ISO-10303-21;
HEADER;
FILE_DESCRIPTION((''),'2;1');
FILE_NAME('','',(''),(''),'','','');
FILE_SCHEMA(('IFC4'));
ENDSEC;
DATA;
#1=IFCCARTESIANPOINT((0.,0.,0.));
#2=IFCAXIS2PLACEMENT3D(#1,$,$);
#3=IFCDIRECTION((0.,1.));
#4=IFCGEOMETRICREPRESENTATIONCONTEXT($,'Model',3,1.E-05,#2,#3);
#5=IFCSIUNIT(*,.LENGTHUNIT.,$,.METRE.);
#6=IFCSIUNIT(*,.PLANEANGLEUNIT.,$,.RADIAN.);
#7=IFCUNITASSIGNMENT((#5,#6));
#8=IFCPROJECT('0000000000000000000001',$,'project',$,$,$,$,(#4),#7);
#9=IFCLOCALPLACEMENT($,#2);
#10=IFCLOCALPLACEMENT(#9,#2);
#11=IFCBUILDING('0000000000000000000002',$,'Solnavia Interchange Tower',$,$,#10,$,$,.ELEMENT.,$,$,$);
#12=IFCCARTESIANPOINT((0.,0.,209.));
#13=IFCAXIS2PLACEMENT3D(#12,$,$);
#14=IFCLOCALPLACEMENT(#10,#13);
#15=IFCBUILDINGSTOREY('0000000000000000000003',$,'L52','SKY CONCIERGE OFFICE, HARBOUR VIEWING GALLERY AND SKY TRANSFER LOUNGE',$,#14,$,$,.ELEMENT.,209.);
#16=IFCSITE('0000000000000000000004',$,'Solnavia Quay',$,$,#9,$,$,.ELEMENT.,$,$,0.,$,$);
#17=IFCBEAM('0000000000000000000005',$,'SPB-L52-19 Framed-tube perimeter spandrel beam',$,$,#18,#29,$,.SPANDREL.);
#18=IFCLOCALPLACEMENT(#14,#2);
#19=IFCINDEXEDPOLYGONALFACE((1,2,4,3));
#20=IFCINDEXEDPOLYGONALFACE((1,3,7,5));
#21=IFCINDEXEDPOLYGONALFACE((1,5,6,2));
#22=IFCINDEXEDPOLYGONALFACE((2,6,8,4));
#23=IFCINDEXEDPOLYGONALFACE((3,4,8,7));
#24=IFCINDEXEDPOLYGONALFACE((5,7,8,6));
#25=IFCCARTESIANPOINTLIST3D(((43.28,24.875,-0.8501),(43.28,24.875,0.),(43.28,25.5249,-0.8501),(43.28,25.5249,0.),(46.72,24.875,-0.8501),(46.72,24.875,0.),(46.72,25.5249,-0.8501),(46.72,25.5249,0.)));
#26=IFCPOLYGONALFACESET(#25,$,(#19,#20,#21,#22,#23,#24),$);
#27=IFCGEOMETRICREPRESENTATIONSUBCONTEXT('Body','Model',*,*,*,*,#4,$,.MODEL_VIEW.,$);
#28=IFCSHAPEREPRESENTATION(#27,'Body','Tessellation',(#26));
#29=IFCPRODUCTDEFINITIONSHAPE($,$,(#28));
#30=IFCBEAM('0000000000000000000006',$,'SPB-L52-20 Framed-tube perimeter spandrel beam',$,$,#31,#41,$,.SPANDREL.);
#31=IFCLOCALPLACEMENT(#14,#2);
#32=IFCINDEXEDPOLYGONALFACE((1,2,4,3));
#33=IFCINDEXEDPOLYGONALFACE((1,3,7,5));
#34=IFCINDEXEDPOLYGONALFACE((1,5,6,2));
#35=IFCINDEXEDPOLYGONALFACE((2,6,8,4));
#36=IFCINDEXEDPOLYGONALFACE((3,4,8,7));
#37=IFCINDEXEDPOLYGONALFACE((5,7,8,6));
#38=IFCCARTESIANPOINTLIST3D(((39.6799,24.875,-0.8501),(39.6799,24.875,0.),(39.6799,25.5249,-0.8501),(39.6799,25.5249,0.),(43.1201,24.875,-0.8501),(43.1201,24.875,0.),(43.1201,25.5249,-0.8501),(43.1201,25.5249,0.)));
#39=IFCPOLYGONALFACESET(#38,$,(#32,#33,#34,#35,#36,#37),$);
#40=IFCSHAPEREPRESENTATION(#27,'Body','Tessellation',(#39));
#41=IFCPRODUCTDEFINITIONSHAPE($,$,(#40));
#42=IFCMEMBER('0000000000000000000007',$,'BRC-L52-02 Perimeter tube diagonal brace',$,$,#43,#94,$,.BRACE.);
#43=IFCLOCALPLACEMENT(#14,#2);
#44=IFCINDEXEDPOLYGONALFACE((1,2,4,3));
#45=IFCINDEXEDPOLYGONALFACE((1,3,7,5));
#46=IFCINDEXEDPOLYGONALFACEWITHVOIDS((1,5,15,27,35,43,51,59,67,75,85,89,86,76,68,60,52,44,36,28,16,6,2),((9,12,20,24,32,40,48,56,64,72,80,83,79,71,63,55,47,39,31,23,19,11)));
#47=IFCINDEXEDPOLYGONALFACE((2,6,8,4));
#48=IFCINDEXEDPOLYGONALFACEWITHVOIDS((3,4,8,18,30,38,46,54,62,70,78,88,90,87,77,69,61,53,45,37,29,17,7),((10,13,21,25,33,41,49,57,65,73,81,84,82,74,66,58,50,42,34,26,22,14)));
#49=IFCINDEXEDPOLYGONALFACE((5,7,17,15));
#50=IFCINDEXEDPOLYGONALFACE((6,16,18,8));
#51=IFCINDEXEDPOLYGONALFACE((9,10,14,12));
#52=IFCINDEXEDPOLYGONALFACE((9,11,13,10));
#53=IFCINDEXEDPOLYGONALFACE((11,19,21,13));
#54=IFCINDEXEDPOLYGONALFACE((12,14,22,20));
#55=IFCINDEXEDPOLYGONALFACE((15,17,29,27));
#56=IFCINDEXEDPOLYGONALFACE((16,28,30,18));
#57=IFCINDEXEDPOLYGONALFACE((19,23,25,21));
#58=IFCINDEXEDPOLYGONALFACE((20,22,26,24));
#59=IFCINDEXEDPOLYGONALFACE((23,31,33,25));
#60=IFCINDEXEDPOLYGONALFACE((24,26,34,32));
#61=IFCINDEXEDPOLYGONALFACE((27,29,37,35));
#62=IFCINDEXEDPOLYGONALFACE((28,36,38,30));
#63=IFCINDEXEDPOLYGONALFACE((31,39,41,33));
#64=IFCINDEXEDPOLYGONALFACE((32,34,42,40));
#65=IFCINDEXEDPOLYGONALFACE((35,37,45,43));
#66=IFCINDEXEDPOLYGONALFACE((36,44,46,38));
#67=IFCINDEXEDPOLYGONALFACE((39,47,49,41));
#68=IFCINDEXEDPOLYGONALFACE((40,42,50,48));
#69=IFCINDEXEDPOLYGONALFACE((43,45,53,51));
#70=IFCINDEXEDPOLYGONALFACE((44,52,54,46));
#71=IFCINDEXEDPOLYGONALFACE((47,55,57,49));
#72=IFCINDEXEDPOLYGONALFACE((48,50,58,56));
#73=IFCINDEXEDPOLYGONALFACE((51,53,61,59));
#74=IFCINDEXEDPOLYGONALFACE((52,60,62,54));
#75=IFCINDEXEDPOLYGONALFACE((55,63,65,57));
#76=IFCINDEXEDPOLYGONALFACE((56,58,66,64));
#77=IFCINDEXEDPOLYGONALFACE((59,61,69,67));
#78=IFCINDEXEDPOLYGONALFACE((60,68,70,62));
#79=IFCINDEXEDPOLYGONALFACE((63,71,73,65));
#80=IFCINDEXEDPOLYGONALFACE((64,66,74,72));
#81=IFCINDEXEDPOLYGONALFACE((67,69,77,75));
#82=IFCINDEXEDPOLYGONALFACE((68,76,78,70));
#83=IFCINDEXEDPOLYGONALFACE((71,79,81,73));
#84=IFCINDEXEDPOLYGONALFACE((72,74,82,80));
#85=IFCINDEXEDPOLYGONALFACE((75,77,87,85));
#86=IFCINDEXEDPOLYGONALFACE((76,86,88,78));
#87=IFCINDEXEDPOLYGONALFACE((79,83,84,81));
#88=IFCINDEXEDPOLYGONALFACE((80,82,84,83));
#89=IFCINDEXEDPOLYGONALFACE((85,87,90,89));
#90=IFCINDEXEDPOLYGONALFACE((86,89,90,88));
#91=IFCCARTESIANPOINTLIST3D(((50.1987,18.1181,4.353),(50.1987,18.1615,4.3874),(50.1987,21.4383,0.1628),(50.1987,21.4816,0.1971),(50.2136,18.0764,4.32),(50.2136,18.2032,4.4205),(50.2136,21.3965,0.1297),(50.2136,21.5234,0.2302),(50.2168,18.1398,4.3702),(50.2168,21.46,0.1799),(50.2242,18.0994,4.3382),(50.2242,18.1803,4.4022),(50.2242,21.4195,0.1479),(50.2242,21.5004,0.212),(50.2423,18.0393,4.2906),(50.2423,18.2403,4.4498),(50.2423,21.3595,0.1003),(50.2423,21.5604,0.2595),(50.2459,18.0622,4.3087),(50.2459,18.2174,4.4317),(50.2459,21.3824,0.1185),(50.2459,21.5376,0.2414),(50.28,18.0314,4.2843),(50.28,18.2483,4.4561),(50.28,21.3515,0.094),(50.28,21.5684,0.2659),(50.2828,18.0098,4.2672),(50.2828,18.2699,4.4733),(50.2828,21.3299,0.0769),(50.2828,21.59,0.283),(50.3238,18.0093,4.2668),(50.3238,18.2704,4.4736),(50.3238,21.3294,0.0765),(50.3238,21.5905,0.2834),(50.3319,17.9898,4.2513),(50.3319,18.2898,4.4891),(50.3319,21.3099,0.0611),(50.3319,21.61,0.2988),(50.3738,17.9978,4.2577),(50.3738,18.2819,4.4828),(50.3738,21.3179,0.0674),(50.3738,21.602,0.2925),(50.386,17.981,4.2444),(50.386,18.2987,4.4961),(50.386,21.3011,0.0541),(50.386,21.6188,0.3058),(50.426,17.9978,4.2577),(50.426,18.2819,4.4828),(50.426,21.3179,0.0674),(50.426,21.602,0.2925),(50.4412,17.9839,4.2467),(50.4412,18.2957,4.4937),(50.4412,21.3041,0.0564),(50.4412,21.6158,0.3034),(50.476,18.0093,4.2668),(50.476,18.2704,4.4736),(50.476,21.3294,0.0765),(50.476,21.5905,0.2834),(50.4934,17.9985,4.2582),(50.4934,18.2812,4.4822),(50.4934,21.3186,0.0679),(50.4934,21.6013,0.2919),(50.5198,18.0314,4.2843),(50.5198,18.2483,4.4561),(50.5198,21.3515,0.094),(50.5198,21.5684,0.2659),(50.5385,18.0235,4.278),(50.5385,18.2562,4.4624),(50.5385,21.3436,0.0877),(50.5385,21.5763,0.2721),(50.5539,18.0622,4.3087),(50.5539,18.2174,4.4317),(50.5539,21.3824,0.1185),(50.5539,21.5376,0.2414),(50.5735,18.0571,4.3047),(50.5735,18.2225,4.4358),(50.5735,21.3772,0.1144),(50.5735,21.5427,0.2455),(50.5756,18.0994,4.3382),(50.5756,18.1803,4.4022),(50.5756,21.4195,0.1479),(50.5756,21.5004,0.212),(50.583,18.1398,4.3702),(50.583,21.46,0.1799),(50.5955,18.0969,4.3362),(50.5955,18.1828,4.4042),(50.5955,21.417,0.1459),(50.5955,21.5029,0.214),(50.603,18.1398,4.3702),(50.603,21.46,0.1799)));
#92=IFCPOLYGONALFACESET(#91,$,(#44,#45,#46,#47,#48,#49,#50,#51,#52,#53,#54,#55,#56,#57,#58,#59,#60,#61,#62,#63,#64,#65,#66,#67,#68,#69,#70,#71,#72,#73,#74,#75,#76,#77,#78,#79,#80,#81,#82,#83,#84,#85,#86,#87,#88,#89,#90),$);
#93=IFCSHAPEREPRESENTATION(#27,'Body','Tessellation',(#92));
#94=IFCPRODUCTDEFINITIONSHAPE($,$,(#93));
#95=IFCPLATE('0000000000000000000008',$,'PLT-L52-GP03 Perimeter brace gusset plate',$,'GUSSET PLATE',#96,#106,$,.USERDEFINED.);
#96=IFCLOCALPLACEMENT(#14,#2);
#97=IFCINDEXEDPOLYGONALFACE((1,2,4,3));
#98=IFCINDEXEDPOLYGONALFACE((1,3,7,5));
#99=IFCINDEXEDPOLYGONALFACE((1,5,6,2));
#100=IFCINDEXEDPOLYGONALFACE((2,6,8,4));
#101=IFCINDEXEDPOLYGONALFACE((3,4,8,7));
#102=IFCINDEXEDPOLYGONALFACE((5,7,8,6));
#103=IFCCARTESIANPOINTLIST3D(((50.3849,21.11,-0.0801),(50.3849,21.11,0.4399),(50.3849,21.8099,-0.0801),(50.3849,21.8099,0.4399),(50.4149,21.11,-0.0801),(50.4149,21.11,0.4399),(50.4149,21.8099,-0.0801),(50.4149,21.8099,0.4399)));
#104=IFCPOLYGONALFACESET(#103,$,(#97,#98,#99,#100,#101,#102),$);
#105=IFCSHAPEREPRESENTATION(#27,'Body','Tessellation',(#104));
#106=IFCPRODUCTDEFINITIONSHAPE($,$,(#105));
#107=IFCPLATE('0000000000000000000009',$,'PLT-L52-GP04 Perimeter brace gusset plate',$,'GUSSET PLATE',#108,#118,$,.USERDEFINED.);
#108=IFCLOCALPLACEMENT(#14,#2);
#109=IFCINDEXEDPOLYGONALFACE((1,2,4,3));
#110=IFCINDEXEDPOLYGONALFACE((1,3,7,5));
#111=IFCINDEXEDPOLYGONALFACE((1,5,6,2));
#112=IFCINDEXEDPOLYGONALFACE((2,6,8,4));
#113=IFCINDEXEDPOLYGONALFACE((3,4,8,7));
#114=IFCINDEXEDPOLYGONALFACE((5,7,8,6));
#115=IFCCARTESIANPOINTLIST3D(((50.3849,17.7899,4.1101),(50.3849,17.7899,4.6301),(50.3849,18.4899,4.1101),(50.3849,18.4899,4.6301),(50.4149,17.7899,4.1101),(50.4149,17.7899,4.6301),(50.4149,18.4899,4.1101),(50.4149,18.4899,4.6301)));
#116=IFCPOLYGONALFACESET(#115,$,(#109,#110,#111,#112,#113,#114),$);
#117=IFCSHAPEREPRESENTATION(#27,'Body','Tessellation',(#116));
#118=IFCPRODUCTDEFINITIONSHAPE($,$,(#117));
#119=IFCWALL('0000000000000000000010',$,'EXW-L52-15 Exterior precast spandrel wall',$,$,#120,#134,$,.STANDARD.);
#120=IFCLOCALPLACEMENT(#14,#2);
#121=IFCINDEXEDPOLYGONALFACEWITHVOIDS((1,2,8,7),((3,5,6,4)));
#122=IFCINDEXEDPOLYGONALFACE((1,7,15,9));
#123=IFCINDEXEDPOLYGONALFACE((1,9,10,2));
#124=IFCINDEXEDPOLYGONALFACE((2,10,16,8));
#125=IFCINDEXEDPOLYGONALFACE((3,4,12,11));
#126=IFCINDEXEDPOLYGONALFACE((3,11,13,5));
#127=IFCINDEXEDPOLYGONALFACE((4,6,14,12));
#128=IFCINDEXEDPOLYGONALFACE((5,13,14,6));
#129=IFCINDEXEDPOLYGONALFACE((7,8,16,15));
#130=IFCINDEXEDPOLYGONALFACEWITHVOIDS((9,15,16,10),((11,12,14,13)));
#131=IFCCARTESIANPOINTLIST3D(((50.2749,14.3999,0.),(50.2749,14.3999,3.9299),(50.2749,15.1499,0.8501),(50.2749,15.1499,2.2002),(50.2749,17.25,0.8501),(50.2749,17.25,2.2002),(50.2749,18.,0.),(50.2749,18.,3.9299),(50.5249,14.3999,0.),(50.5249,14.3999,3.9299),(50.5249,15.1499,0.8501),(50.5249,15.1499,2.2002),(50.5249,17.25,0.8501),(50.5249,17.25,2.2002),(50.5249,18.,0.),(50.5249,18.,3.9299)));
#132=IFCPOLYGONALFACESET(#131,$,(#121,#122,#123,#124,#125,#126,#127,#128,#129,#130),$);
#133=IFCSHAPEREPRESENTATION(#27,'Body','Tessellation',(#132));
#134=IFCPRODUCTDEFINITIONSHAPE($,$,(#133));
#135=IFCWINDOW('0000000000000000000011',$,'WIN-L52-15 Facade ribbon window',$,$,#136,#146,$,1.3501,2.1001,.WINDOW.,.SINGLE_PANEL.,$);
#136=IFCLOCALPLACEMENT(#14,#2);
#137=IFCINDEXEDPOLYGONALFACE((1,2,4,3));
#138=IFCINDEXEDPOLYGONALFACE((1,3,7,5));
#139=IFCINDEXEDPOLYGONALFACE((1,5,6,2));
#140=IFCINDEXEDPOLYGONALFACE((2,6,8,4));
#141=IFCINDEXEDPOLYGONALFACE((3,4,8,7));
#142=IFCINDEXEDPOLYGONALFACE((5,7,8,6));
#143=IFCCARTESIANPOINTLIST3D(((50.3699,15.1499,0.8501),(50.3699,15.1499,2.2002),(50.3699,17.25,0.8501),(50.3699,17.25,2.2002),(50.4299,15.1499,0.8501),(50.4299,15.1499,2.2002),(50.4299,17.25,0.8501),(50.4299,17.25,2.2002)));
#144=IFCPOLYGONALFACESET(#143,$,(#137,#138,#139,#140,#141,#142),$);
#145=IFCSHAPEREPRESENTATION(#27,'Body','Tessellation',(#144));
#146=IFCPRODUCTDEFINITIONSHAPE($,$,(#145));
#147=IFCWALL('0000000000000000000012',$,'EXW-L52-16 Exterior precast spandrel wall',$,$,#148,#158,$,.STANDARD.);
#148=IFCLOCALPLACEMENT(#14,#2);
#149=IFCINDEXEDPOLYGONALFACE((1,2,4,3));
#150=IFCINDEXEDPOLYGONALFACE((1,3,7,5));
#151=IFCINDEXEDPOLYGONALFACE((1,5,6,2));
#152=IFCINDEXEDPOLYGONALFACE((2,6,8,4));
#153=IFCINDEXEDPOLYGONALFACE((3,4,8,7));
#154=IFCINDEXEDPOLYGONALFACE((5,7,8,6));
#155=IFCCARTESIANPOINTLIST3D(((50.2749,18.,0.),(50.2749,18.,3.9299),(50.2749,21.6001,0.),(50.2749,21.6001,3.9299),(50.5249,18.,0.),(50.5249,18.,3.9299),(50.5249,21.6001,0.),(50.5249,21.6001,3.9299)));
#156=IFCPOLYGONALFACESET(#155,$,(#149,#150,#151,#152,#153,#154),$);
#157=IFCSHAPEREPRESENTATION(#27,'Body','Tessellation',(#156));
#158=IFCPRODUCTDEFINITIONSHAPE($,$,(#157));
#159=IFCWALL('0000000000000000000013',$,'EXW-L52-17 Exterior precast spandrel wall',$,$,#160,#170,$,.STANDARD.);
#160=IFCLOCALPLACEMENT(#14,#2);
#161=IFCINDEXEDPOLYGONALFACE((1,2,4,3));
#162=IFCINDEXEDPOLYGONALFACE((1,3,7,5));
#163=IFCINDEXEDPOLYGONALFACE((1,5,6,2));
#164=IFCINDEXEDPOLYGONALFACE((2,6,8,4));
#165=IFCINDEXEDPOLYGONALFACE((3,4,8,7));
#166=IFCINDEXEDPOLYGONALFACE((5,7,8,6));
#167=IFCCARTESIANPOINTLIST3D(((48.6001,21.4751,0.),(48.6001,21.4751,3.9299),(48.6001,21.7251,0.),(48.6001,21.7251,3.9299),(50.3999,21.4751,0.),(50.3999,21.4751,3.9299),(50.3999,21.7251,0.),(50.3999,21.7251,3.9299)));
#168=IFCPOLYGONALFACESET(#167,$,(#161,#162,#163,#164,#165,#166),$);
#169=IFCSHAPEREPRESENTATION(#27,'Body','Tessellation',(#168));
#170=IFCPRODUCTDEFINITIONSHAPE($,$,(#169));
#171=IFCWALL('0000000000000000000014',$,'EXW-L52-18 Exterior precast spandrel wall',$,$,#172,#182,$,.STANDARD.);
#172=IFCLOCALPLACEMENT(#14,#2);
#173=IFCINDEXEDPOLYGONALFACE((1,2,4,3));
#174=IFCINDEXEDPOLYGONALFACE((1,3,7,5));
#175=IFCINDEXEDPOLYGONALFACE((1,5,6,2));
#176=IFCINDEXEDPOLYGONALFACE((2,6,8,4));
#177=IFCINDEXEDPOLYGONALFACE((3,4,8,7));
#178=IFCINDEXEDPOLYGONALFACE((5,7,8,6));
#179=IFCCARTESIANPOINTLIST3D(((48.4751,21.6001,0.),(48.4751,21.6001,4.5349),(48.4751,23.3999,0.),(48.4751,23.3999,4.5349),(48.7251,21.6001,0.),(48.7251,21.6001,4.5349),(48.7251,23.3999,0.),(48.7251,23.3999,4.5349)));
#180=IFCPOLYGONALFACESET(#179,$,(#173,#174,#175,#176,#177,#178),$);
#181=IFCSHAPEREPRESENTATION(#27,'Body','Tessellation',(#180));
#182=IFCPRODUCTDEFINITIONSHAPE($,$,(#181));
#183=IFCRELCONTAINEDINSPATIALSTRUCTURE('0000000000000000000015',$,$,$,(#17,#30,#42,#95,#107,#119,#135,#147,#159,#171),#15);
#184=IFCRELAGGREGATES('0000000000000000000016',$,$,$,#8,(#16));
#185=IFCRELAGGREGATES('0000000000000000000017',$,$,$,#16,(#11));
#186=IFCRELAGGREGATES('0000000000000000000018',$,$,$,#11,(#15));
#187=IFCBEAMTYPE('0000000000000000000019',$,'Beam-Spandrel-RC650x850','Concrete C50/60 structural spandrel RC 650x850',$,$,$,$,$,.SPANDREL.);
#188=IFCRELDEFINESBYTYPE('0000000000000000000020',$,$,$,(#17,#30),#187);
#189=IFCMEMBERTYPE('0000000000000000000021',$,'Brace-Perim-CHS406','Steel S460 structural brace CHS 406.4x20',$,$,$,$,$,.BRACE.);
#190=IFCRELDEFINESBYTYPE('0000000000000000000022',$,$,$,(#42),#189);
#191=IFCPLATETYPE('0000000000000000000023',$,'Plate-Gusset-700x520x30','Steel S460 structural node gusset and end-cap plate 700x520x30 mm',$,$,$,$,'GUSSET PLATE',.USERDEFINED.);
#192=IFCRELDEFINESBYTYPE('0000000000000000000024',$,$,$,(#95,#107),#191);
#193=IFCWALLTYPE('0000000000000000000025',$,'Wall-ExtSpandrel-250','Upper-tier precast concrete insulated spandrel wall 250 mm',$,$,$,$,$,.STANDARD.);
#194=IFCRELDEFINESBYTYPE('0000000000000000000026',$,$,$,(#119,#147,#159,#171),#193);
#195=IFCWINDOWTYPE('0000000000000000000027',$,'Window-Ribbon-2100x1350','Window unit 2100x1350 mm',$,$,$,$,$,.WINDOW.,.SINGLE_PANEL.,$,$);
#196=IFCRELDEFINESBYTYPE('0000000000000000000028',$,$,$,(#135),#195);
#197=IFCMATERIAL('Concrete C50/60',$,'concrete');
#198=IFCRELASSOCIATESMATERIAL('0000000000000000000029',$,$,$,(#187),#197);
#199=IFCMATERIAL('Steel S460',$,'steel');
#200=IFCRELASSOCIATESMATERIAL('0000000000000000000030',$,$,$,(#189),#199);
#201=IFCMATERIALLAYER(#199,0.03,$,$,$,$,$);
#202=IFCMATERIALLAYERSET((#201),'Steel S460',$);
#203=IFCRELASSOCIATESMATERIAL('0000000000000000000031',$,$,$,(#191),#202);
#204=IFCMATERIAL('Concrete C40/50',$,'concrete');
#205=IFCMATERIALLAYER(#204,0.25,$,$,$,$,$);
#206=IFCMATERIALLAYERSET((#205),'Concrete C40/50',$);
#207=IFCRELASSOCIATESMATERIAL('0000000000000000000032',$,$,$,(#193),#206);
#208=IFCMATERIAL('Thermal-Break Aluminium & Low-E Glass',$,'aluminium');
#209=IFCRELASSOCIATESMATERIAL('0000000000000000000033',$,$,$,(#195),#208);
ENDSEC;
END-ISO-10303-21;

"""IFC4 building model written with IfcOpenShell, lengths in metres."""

from ifc_helpers import new_model, si_unit, direction, frame, frame_2d, origin, origin_2d, place, context, subcontext, project, spatial, rectangle, hollow_circle, extrude, material, layer, layer_set, material_profile, profile_set, type_object, element, fill, save


model = new_model("IFC4")

# Units and contexts
model_context = context("Model", 3, precision=1e-05, world=origin(), true_north=direction((0.0, 1.0)))
body_context = subcontext(model_context, "Body", "Model", "MODEL_VIEW")
ifc_project = project(units=[si_unit("LENGTHUNIT", "METRE"), si_unit("PLANEANGLEUNIT", "RADIAN")], contexts=[model_context])

# Site, building, storey
site_placement = place(None, origin())
site = spatial("IfcSite", under=ifc_project, at=site_placement, Name="Solnavia Quay", CompositionType="ELEMENT", RefElevation=0.0)
building_placement = place(site_placement, origin())
building = spatial("IfcBuilding", under=site, at=building_placement, Name="Solnavia Interchange Tower", CompositionType="ELEMENT")
storey_placement = place(building_placement, frame((0.0, 0.0, 209.0)))
storey = spatial("IfcBuildingStorey", under=building, at=storey_placement, Name="L52", Description="SKY CONCIERGE OFFICE, HARBOUR VIEWING GALLERY AND SKY TRANSFER LOUNGE", CompositionType="ELEMENT", Elevation=209.0)

# Shared definitions
ifc_material_1 = material(Name="Concrete C50/60", Category="concrete")

# Beams
ifc_material_2 = material(Name="Steel S460", Category="steel")
ifc_material_profile_1 = material_profile(ifc_material_1, rectangle(XDim=0.6499, YDim=0.8501, at=origin_2d()), Name="RC 650x850")
ifc_profile_set_1 = profile_set([ifc_material_profile_1], Name="Concrete C50/60")
beam_type_1 = type_object("IfcBeamType", Name="Beam-Spandrel-RC650x850", Description="Concrete C50/60 structural spandrel RC 650x850", PredefinedType="SPANDREL", material=ifc_profile_set_1)
for number, where, z_axis, x_axis, name in (
    (1, (46.72, 25.2, -0.425), (-1.0, 0.0, 0.0), (0.0, -1.0, 0.0), "SPB-L52-19 Framed-tube perimeter spandrel beam"),
):
    element("IfcBeam", number, at=place(storey_placement, frame(where, z_axis=z_axis, x_axis=x_axis)), inside=storey, type_object=beam_type_1, Name=name, PredefinedType="SPANDREL", context=body_context, shape_type="SweptSolid", body=[
        extrude(rectangle(XDim=0.6499, YDim=0.8501, at=origin_2d()), origin(), (0.0, 0.0, 1.0), 3.4399),
    ])
beam_1_placement = place(storey_placement, frame((43.1201, 25.2, -0.425), z_axis=(-1.0, 0.0, 0.0), x_axis=(0.0, -1.0, 0.0)))
element("IfcBeam", 2, at=beam_1_placement, inside=storey, type_object=beam_type_1, Name="SPB-L52-20 Framed-tube perimeter spandrel beam", PredefinedType="SPANDREL", context=body_context, shape_type="SweptSolid", body=[
    extrude(rectangle(XDim=0.6499, YDim=0.8501, at=origin_2d()), origin(), (0.0, 0.0, 1.0), 3.4402),
])

# Member
ifc_material_profile_2 = material_profile(ifc_material_2, hollow_circle(Radius=0.2031, WallThickness=0.02, at=origin_2d()), Name="CHS 406.4x20")
ifc_profile_set_2 = profile_set([ifc_material_profile_2], Name="Steel S460")
member_type = type_object("IfcMemberType", Name="Brace-Perim-CHS406", Description="Steel S460 structural brace CHS 406.4x20", PredefinedType="BRACE", material=ifc_profile_set_2)
member_placement = place(storey_placement, frame((50.3999, 21.46, 0.1799), z_axis=(0.0, -0.621029, 0.783787), x_axis=(1.0, 0.0, 0.0)))
element("IfcMember", 3, at=member_placement, inside=storey, type_object=member_type, Name="BRC-L52-02 Perimeter tube diagonal brace", PredefinedType="BRACE", context=body_context, shape_type="SweptSolid", body=[
    extrude(hollow_circle(Radius=0.2031, WallThickness=0.02, at=origin_2d()), origin(), (0.0, 0.0, 1.0), 5.3462),
])

# Plates
ifc_layer_1 = layer(ifc_material_2, 0.03)
ifc_layer_set_1 = layer_set([ifc_layer_1], Name="Steel S460")
plate_type = type_object("IfcPlateType", Name="Plate-Gusset-700x520x30", Description="Steel S460 structural node gusset and end-cap plate 700x520x30 mm", ElementType="GUSSET PLATE", PredefinedType="USERDEFINED", material=ifc_layer_set_1)
for number, where, z_axis, x_axis, name in (
    (4, (50.3999, 21.46, -0.0801), (0.0, 0.0, 1.0), (0.0, -1.0, 0.0), "PLT-L52-GP03 Perimeter brace gusset plate"),
    (5, (50.3999, 18.1399, 4.1101), (0.0, 0.0, 1.0), (0.0, -1.0, 0.0), "PLT-L52-GP04 Perimeter brace gusset plate"),
):
    element("IfcPlate", number, at=place(storey_placement, frame(where, z_axis=z_axis, x_axis=x_axis)), inside=storey, type_object=plate_type, Name=name, ObjectType="GUSSET PLATE", PredefinedType="USERDEFINED", context=body_context, shape_type="SweptSolid", body=[
        extrude(rectangle(XDim=0.7, YDim=0.03, at=origin_2d()), origin(), (0.0, 0.0, 1.0), 0.52),
    ])

# Wall, opening, window
ifc_material_3 = material(Name="Concrete C40/50", Category="concrete")
ifc_layer_2 = layer(ifc_material_3, 0.25)
ifc_layer_set_2 = layer_set([ifc_layer_2], Name="Concrete C40/50")
wall_type = type_object("IfcWallType", Name="Wall-ExtSpandrel-250", Description="Upper-tier precast concrete insulated spandrel wall 250 mm", PredefinedType="STANDARD", material=ifc_layer_set_2)
wall_1_placement = place(storey_placement, frame((50.3999, 18.0, 0.0), z_axis=(0.0, 0.0, 1.0), x_axis=(0.0, -1.0, 0.0)))
wall_1 = element("IfcWall", 6, at=wall_1_placement, inside=storey, type_object=wall_type, Name="EXW-L52-15 Exterior precast spandrel wall", PredefinedType="STANDARD", context=body_context, shape_type="SweptSolid", body=[
    extrude(rectangle(XDim=3.6001, YDim=0.25, at=frame_2d((1.8, 0.0))), origin(), (0.0, 0.0, 1.0), 3.9299),
])
opening_placement = place(wall_1_placement, frame((0.75, 0.0, 0.8501)))
opening = element("IfcOpeningElement", 7, at=opening_placement, cuts=wall_1, PredefinedType="OPENING", context=body_context, shape_type="SweptSolid", body=[
    extrude(rectangle(XDim=2.1001, YDim=1.3501, at=frame_2d((1.05, 0.675))), frame((0.0, 0.135, 0.0), z_axis=(0.0, -1.0, 0.0), x_axis=(1.0, 0.0, 0.0)), (0.0, 0.0, 1.0), 0.27),
])
ifc_material_4 = material(Name="Thermal-Break Aluminium & Low-E Glass", Category="aluminium")
window_type = type_object("IfcWindowType", Name="Window-Ribbon-2100x1350", Description="Window unit 2100x1350 mm", PartitioningType="SINGLE_PANEL", PredefinedType="WINDOW", material=ifc_material_4)
window_placement = place(opening_placement, origin())
window = element("IfcWindow", 8, at=window_placement, inside=storey, type_object=window_type, Name="WIN-L52-15 Facade ribbon window", OverallHeight=1.3501, OverallWidth=2.1001, PartitioningType="SINGLE_PANEL", PredefinedType="WINDOW", context=body_context, shape_type="SweptSolid", body=[
    extrude(rectangle(XDim=2.1001, YDim=1.3501, at=frame_2d((1.05, 0.675))), frame((0.0, 0.03, 0.0), z_axis=(0.0, -1.0, 0.0), x_axis=(1.0, 0.0, 0.0)), (0.0, 0.0, 1.0), 0.0601),
])
fill(opening, window)

# Walls
wall_2_placement = place(storey_placement, frame((50.3999, 21.6001, 0.0), z_axis=(0.0, 0.0, 1.0), x_axis=(0.0, -1.0, 0.0)))
element("IfcWall", 9, at=wall_2_placement, inside=storey, type_object=wall_type, Name="EXW-L52-16 Exterior precast spandrel wall", PredefinedType="STANDARD", context=body_context, shape_type="SweptSolid", body=[
    extrude(rectangle(XDim=3.6001, YDim=0.25, at=frame_2d((1.8, 0.0))), origin(), (0.0, 0.0, 1.0), 3.9299),
])
wall_3_placement = place(storey_placement, frame((48.6001, 21.6001, 0.0), z_axis=(0.0, 0.0, 1.0), x_axis=(1.0, 0.0, 0.0)))
element("IfcWall", 10, at=wall_3_placement, inside=storey, type_object=wall_type, Name="EXW-L52-17 Exterior precast spandrel wall", PredefinedType="STANDARD", context=body_context, shape_type="SweptSolid", body=[
    extrude(rectangle(XDim=1.7998, YDim=0.25, at=frame_2d((0.8999, 0.0))), origin(), (0.0, 0.0, 1.0), 3.9299),
])
wall_4_placement = place(storey_placement, frame((48.6001, 23.3999, 0.0), z_axis=(0.0, 0.0, 1.0), x_axis=(0.0, -1.0, 0.0)))
element("IfcWall", 11, at=wall_4_placement, inside=storey, type_object=wall_type, Name="EXW-L52-18 Exterior precast spandrel wall", PredefinedType="STANDARD", context=body_context, shape_type="SweptSolid", body=[
    extrude(rectangle(XDim=1.7998, YDim=0.25, at=frame_2d((0.8999, 0.0))), origin(), (0.0, 0.0, 1.0), 4.5349),
])

save(model, "model.ifc")
